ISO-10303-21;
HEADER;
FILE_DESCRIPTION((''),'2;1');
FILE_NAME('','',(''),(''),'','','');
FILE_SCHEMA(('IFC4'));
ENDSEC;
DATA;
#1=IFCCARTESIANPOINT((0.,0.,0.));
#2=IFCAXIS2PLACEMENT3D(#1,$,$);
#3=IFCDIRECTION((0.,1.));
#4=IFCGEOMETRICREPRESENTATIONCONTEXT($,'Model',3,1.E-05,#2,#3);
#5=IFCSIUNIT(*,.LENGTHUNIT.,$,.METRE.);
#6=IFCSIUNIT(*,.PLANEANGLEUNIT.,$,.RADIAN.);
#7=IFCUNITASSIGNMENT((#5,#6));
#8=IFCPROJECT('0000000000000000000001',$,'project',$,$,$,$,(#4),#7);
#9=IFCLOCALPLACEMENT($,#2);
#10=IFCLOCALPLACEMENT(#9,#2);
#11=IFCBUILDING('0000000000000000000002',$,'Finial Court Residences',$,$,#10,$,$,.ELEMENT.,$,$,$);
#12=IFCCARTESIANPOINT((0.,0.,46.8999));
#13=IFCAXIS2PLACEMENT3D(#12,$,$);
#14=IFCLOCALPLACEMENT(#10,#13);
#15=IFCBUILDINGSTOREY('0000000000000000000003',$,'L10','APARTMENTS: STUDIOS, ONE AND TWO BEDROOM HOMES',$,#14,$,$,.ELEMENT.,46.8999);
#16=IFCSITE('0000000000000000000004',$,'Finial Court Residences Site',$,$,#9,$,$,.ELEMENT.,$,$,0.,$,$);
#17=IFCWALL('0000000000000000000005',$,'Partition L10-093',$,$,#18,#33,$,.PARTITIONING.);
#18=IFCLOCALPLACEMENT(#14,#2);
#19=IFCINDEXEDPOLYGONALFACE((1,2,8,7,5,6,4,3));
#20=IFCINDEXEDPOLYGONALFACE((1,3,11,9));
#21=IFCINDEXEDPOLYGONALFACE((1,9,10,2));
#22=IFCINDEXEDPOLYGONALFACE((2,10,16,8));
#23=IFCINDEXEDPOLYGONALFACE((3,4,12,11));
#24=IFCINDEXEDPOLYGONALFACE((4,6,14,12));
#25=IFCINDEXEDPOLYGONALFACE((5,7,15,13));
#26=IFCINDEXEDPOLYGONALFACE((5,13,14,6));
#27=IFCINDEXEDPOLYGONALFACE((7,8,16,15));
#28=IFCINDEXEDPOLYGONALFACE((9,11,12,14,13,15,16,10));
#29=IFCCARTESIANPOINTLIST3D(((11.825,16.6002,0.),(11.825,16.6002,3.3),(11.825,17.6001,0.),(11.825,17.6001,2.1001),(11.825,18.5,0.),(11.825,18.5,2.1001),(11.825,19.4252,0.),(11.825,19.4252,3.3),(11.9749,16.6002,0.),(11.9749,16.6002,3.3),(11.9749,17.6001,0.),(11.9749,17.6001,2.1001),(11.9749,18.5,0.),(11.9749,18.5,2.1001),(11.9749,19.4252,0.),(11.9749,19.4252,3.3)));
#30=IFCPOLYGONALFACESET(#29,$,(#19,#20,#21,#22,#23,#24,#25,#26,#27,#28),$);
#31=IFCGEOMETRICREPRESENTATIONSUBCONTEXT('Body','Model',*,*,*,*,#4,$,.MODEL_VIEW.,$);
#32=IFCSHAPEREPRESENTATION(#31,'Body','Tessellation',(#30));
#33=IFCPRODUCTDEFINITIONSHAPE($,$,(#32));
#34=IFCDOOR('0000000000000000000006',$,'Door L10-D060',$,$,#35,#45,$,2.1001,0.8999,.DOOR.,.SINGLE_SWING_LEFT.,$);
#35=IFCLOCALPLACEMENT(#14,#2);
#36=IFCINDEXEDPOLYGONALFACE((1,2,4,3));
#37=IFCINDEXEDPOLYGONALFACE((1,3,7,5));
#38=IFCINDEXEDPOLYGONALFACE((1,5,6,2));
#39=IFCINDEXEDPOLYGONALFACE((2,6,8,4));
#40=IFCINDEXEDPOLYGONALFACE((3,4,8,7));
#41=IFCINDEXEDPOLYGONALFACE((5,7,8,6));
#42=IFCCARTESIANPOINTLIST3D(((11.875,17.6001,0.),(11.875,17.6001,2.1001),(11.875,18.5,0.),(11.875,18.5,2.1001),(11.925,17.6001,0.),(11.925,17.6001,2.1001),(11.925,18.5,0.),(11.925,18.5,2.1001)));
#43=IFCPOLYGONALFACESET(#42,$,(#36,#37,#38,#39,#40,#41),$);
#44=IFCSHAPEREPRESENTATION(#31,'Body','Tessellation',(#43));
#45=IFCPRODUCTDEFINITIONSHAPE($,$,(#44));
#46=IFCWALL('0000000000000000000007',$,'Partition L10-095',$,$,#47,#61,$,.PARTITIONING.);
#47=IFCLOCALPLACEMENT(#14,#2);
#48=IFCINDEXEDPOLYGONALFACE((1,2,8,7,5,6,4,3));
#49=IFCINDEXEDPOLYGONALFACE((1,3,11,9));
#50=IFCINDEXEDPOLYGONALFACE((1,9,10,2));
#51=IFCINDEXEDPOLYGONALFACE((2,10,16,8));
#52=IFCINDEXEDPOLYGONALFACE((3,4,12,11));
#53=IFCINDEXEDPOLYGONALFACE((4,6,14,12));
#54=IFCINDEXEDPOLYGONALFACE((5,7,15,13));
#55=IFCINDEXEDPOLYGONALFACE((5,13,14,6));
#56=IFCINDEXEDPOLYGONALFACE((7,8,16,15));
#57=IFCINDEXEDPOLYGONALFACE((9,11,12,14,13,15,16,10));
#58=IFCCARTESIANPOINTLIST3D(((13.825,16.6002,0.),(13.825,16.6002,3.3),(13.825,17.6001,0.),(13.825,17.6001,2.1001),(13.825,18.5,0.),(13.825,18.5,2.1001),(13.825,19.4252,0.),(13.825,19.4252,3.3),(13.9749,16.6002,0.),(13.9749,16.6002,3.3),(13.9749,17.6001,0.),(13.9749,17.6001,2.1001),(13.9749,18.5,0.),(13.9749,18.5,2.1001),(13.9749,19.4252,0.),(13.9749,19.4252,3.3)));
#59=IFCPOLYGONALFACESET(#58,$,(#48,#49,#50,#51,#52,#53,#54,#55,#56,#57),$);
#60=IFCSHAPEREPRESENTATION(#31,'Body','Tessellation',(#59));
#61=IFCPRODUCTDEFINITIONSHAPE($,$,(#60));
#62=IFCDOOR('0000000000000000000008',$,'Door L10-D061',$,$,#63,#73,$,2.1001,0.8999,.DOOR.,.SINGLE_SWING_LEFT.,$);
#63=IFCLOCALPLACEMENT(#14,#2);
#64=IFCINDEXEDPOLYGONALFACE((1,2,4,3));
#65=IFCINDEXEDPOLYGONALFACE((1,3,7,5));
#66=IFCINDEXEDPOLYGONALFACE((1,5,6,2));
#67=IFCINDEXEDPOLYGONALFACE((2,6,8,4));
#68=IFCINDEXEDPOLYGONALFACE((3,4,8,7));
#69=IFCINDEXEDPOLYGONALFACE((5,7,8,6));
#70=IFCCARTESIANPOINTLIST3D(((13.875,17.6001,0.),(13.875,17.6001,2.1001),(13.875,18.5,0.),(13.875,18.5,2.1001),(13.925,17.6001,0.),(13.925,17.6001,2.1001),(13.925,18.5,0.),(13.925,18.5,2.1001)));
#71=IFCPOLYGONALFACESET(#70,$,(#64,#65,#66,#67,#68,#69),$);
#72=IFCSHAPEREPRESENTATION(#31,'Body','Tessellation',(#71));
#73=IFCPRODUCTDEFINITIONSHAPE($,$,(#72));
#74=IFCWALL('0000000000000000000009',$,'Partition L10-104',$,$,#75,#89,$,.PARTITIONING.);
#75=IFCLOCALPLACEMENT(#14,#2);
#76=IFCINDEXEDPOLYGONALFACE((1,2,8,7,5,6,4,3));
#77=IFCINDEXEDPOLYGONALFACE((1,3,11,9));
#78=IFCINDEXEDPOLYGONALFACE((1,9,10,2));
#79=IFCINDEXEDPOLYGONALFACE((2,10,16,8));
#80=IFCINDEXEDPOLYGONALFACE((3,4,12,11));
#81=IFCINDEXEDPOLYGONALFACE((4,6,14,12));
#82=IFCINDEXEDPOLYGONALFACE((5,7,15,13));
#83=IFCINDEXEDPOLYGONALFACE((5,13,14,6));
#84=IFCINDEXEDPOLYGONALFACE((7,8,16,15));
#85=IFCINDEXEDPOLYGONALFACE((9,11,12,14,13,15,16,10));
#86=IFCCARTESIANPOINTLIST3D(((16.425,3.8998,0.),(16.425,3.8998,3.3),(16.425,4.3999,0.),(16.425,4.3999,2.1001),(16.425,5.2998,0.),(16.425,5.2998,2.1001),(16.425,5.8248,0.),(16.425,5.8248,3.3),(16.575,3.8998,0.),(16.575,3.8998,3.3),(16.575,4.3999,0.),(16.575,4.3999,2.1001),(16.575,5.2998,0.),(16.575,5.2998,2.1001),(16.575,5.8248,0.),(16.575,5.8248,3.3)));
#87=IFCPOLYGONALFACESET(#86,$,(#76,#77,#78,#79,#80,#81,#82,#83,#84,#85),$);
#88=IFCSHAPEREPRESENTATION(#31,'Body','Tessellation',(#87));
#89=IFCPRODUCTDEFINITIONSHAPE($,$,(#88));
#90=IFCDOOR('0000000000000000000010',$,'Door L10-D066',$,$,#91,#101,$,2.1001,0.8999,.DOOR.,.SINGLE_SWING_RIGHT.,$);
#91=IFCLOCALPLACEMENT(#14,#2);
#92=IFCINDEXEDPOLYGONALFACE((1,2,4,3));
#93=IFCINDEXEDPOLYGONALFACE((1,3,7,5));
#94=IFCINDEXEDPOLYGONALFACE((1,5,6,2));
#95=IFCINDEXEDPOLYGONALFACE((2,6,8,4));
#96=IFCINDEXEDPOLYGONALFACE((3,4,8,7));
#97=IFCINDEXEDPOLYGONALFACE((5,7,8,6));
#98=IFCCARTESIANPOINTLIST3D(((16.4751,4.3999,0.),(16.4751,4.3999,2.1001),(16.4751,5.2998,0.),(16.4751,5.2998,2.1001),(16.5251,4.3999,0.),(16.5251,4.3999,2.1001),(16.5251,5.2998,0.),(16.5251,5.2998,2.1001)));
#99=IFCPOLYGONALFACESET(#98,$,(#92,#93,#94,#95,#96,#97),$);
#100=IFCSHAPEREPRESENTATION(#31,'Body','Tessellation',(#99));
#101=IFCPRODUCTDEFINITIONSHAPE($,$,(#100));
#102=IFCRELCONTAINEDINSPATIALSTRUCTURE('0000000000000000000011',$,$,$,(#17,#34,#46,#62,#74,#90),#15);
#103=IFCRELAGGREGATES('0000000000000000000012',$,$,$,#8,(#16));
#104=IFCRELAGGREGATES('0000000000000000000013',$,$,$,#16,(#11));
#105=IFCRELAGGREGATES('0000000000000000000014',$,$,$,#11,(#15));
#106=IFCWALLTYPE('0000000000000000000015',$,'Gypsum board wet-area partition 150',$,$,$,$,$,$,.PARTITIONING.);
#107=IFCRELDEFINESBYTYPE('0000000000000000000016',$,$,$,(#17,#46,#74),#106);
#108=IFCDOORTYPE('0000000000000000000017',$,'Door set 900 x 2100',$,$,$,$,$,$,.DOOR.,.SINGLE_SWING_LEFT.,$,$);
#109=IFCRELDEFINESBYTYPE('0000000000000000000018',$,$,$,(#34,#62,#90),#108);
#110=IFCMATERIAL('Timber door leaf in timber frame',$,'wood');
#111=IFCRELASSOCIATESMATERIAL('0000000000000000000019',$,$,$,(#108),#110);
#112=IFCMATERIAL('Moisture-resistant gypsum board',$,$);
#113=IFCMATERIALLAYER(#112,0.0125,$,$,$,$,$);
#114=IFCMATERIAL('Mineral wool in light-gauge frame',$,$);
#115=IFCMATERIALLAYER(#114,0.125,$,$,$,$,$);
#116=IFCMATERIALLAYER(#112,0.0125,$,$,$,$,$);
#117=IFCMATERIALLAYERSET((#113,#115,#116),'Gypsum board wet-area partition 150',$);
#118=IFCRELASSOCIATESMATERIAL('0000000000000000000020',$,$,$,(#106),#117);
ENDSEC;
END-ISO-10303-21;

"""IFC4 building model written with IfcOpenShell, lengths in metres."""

from ifc_helpers import new_model, si_unit, direction, frame, frame_2d, origin, place, context, subcontext, project, spatial, rectangle, extrude, material, layer, layer_set, type_object, element, fill, save


model = new_model("IFC4")

# Units and contexts
model_context = context("Model", 3, precision=1e-05, world=origin(), true_north=direction((0.0, 1.0)))
body_context = subcontext(model_context, "Body", "Model", "MODEL_VIEW")
ifc_project = project(units=[si_unit("LENGTHUNIT", "METRE"), si_unit("PLANEANGLEUNIT", "RADIAN")], contexts=[model_context])

# Site, building, storey
site_placement = place(None, origin())
site = spatial("IfcSite", under=ifc_project, at=site_placement, Name="Finial Court Residences Site", CompositionType="ELEMENT", RefElevation=0.0)
building_placement = place(site_placement, origin())
building = spatial("IfcBuilding", under=site, at=building_placement, Name="Finial Court Residences", CompositionType="ELEMENT")
storey_placement = place(building_placement, frame((0.0, 0.0, 46.8999)))
storey = spatial("IfcBuildingStorey", under=building, at=storey_placement, Name="L10", Description="APARTMENTS: STUDIOS, ONE AND TWO BEDROOM HOMES", CompositionType="ELEMENT", Elevation=46.8999)

# Shared definitions
ifc_material_1 = material(Name="Mineral wool in light-gauge frame")
ifc_material_2 = material(Name="Timber door leaf in timber frame", Category="wood")
door_type = type_object("IfcDoorType", Name="Door set 900 x 2100", OperationType="SINGLE_SWING_LEFT", PredefinedType="DOOR", material=ifc_material_2)

# Shared definitions
ifc_material_3 = material(Name="Moisture-resistant gypsum board")
ifc_layer_1 = layer(ifc_material_3, 0.0125)
ifc_layer_2 = layer(ifc_material_1, 0.125)
ifc_layer_3 = layer(ifc_material_3, 0.0125)
ifc_layer_set_1 = layer_set([ifc_layer_1, ifc_layer_2, ifc_layer_3], Name="Gypsum board wet-area partition 150")
wall_type_1 = type_object("IfcWallType", Name="Gypsum board wet-area partition 150", PredefinedType="PARTITIONING", material=ifc_layer_set_1)

# Walls, openings, doors
wall_1_placement = place(storey_placement, frame((11.8999, 16.6001, 0.0), z_axis=(0.0, 0.0, 1.0), x_axis=(0.0, 1.0, 0.0)))
wall_1 = element("IfcWall", 1, at=wall_1_placement, inside=storey, type_object=wall_type_1, Name="Partition L10-093", PredefinedType="PARTITIONING", context=body_context, shape_type="SweptSolid", body=[
    extrude(rectangle(XDim=2.825, YDim=0.1499, at=frame_2d((1.4126, 0.0))), origin(), (0.0, 0.0, 1.0), 3.3),
])
opening_1_placement = place(wall_1_placement, frame((1.0, 0.0, 0.0)))
opening_1 = element("IfcOpeningElement", 2, at=opening_1_placement, cuts=wall_1, PredefinedType="OPENING", context=body_context, shape_type="SweptSolid", body=[
    extrude(rectangle(XDim=0.8999, YDim=2.1001, at=frame_2d((0.45, 1.05))), frame((0.0, 0.085, 0.0), z_axis=(0.0, -1.0, 0.0), x_axis=(1.0, 0.0, 0.0)), (0.0, 0.0, 1.0), 0.1699),
])
door_1_placement = place(opening_1_placement, origin())
door_1 = element("IfcDoor", 3, at=door_1_placement, inside=storey, type_object=door_type, Name="Door L10-D060", OperationType="SINGLE_SWING_LEFT", OverallHeight=2.1001, OverallWidth=0.8999, PredefinedType="DOOR", context=body_context, shape_type="SweptSolid", body=[
    extrude(rectangle(XDim=0.8999, YDim=2.1001, at=frame_2d((0.45, 1.05))), frame((0.0, 0.0249, 0.0), z_axis=(0.0, -1.0, 0.0), x_axis=(1.0, 0.0, 0.0)), (0.0, 0.0, 1.0), 0.05),
])
fill(opening_1, door_1)
wall_2_placement = place(storey_placement, frame((13.8999, 16.6001, 0.0), z_axis=(0.0, 0.0, 1.0), x_axis=(0.0, 1.0, 0.0)))
wall_2 = element("IfcWall", 4, at=wall_2_placement, inside=storey, type_object=wall_type_1, Name="Partition L10-095", PredefinedType="PARTITIONING", context=body_context, shape_type="SweptSolid", body=[
    extrude(rectangle(XDim=2.825, YDim=0.1499, at=frame_2d((1.4126, 0.0))), origin(), (0.0, 0.0, 1.0), 3.3),
])
opening_2_placement = place(wall_2_placement, frame((1.0, 0.0, 0.0)))
opening_2 = element("IfcOpeningElement", 5, at=opening_2_placement, cuts=wall_2, PredefinedType="OPENING", context=body_context, shape_type="SweptSolid", body=[
    extrude(rectangle(XDim=0.8999, YDim=2.1001, at=frame_2d((0.45, 1.05))), frame((0.0, 0.085, 0.0), z_axis=(0.0, -1.0, 0.0), x_axis=(1.0, 0.0, 0.0)), (0.0, 0.0, 1.0), 0.1699),
])
door_2_placement = place(opening_2_placement, origin())
door_2 = element("IfcDoor", 6, at=door_2_placement, inside=storey, type_object=door_type, Name="Door L10-D061", OperationType="SINGLE_SWING_LEFT", OverallHeight=2.1001, OverallWidth=0.8999, PredefinedType="DOOR", context=body_context, shape_type="SweptSolid", body=[
    extrude(rectangle(XDim=0.8999, YDim=2.1001, at=frame_2d((0.45, 1.05))), frame((0.0, 0.0249, 0.0), z_axis=(0.0, -1.0, 0.0), x_axis=(1.0, 0.0, 0.0)), (0.0, 0.0, 1.0), 0.05),
])
fill(opening_2, door_2)
wall_3_placement = place(storey_placement, frame((16.5, 3.8999, 0.0), z_axis=(0.0, 0.0, 1.0), x_axis=(0.0, 1.0, 0.0)))
wall_3 = element("IfcWall", 7, at=wall_3_placement, inside=storey, type_object=wall_type_1, Name="Partition L10-104", PredefinedType="PARTITIONING", context=body_context, shape_type="SweptSolid", body=[
    extrude(rectangle(XDim=1.925, YDim=0.1499, at=frame_2d((0.9624, 0.0))), origin(), (0.0, 0.0, 1.0), 3.3),
])
opening_3_placement = place(wall_3_placement, frame((0.5, 0.0, 0.0)))
opening_3 = element("IfcOpeningElement", 8, at=opening_3_placement, cuts=wall_3, PredefinedType="OPENING", context=body_context, shape_type="SweptSolid", body=[
    extrude(rectangle(XDim=0.8999, YDim=2.1001, at=frame_2d((0.45, 1.05))), frame((0.0, 0.085, 0.0), z_axis=(0.0, -1.0, 0.0), x_axis=(1.0, 0.0, 0.0)), (0.0, 0.0, 1.0), 0.1699),
])
door_3_placement = place(opening_3_placement, origin())
door_3 = element("IfcDoor", 9, at=door_3_placement, inside=storey, type_object=door_type, Name="Door L10-D066", OperationType="SINGLE_SWING_RIGHT", OverallHeight=2.1001, OverallWidth=0.8999, PredefinedType="DOOR", context=body_context, shape_type="SweptSolid", body=[
    extrude(rectangle(XDim=0.8999, YDim=2.1001, at=frame_2d((0.45, 1.05))), frame((0.0, 0.0249, 0.0), z_axis=(0.0, -1.0, 0.0), x_axis=(1.0, 0.0, 0.0)), (0.0, 0.0, 1.0), 0.05),
])
fill(opening_3, door_3)

save(model, "model.ifc")
